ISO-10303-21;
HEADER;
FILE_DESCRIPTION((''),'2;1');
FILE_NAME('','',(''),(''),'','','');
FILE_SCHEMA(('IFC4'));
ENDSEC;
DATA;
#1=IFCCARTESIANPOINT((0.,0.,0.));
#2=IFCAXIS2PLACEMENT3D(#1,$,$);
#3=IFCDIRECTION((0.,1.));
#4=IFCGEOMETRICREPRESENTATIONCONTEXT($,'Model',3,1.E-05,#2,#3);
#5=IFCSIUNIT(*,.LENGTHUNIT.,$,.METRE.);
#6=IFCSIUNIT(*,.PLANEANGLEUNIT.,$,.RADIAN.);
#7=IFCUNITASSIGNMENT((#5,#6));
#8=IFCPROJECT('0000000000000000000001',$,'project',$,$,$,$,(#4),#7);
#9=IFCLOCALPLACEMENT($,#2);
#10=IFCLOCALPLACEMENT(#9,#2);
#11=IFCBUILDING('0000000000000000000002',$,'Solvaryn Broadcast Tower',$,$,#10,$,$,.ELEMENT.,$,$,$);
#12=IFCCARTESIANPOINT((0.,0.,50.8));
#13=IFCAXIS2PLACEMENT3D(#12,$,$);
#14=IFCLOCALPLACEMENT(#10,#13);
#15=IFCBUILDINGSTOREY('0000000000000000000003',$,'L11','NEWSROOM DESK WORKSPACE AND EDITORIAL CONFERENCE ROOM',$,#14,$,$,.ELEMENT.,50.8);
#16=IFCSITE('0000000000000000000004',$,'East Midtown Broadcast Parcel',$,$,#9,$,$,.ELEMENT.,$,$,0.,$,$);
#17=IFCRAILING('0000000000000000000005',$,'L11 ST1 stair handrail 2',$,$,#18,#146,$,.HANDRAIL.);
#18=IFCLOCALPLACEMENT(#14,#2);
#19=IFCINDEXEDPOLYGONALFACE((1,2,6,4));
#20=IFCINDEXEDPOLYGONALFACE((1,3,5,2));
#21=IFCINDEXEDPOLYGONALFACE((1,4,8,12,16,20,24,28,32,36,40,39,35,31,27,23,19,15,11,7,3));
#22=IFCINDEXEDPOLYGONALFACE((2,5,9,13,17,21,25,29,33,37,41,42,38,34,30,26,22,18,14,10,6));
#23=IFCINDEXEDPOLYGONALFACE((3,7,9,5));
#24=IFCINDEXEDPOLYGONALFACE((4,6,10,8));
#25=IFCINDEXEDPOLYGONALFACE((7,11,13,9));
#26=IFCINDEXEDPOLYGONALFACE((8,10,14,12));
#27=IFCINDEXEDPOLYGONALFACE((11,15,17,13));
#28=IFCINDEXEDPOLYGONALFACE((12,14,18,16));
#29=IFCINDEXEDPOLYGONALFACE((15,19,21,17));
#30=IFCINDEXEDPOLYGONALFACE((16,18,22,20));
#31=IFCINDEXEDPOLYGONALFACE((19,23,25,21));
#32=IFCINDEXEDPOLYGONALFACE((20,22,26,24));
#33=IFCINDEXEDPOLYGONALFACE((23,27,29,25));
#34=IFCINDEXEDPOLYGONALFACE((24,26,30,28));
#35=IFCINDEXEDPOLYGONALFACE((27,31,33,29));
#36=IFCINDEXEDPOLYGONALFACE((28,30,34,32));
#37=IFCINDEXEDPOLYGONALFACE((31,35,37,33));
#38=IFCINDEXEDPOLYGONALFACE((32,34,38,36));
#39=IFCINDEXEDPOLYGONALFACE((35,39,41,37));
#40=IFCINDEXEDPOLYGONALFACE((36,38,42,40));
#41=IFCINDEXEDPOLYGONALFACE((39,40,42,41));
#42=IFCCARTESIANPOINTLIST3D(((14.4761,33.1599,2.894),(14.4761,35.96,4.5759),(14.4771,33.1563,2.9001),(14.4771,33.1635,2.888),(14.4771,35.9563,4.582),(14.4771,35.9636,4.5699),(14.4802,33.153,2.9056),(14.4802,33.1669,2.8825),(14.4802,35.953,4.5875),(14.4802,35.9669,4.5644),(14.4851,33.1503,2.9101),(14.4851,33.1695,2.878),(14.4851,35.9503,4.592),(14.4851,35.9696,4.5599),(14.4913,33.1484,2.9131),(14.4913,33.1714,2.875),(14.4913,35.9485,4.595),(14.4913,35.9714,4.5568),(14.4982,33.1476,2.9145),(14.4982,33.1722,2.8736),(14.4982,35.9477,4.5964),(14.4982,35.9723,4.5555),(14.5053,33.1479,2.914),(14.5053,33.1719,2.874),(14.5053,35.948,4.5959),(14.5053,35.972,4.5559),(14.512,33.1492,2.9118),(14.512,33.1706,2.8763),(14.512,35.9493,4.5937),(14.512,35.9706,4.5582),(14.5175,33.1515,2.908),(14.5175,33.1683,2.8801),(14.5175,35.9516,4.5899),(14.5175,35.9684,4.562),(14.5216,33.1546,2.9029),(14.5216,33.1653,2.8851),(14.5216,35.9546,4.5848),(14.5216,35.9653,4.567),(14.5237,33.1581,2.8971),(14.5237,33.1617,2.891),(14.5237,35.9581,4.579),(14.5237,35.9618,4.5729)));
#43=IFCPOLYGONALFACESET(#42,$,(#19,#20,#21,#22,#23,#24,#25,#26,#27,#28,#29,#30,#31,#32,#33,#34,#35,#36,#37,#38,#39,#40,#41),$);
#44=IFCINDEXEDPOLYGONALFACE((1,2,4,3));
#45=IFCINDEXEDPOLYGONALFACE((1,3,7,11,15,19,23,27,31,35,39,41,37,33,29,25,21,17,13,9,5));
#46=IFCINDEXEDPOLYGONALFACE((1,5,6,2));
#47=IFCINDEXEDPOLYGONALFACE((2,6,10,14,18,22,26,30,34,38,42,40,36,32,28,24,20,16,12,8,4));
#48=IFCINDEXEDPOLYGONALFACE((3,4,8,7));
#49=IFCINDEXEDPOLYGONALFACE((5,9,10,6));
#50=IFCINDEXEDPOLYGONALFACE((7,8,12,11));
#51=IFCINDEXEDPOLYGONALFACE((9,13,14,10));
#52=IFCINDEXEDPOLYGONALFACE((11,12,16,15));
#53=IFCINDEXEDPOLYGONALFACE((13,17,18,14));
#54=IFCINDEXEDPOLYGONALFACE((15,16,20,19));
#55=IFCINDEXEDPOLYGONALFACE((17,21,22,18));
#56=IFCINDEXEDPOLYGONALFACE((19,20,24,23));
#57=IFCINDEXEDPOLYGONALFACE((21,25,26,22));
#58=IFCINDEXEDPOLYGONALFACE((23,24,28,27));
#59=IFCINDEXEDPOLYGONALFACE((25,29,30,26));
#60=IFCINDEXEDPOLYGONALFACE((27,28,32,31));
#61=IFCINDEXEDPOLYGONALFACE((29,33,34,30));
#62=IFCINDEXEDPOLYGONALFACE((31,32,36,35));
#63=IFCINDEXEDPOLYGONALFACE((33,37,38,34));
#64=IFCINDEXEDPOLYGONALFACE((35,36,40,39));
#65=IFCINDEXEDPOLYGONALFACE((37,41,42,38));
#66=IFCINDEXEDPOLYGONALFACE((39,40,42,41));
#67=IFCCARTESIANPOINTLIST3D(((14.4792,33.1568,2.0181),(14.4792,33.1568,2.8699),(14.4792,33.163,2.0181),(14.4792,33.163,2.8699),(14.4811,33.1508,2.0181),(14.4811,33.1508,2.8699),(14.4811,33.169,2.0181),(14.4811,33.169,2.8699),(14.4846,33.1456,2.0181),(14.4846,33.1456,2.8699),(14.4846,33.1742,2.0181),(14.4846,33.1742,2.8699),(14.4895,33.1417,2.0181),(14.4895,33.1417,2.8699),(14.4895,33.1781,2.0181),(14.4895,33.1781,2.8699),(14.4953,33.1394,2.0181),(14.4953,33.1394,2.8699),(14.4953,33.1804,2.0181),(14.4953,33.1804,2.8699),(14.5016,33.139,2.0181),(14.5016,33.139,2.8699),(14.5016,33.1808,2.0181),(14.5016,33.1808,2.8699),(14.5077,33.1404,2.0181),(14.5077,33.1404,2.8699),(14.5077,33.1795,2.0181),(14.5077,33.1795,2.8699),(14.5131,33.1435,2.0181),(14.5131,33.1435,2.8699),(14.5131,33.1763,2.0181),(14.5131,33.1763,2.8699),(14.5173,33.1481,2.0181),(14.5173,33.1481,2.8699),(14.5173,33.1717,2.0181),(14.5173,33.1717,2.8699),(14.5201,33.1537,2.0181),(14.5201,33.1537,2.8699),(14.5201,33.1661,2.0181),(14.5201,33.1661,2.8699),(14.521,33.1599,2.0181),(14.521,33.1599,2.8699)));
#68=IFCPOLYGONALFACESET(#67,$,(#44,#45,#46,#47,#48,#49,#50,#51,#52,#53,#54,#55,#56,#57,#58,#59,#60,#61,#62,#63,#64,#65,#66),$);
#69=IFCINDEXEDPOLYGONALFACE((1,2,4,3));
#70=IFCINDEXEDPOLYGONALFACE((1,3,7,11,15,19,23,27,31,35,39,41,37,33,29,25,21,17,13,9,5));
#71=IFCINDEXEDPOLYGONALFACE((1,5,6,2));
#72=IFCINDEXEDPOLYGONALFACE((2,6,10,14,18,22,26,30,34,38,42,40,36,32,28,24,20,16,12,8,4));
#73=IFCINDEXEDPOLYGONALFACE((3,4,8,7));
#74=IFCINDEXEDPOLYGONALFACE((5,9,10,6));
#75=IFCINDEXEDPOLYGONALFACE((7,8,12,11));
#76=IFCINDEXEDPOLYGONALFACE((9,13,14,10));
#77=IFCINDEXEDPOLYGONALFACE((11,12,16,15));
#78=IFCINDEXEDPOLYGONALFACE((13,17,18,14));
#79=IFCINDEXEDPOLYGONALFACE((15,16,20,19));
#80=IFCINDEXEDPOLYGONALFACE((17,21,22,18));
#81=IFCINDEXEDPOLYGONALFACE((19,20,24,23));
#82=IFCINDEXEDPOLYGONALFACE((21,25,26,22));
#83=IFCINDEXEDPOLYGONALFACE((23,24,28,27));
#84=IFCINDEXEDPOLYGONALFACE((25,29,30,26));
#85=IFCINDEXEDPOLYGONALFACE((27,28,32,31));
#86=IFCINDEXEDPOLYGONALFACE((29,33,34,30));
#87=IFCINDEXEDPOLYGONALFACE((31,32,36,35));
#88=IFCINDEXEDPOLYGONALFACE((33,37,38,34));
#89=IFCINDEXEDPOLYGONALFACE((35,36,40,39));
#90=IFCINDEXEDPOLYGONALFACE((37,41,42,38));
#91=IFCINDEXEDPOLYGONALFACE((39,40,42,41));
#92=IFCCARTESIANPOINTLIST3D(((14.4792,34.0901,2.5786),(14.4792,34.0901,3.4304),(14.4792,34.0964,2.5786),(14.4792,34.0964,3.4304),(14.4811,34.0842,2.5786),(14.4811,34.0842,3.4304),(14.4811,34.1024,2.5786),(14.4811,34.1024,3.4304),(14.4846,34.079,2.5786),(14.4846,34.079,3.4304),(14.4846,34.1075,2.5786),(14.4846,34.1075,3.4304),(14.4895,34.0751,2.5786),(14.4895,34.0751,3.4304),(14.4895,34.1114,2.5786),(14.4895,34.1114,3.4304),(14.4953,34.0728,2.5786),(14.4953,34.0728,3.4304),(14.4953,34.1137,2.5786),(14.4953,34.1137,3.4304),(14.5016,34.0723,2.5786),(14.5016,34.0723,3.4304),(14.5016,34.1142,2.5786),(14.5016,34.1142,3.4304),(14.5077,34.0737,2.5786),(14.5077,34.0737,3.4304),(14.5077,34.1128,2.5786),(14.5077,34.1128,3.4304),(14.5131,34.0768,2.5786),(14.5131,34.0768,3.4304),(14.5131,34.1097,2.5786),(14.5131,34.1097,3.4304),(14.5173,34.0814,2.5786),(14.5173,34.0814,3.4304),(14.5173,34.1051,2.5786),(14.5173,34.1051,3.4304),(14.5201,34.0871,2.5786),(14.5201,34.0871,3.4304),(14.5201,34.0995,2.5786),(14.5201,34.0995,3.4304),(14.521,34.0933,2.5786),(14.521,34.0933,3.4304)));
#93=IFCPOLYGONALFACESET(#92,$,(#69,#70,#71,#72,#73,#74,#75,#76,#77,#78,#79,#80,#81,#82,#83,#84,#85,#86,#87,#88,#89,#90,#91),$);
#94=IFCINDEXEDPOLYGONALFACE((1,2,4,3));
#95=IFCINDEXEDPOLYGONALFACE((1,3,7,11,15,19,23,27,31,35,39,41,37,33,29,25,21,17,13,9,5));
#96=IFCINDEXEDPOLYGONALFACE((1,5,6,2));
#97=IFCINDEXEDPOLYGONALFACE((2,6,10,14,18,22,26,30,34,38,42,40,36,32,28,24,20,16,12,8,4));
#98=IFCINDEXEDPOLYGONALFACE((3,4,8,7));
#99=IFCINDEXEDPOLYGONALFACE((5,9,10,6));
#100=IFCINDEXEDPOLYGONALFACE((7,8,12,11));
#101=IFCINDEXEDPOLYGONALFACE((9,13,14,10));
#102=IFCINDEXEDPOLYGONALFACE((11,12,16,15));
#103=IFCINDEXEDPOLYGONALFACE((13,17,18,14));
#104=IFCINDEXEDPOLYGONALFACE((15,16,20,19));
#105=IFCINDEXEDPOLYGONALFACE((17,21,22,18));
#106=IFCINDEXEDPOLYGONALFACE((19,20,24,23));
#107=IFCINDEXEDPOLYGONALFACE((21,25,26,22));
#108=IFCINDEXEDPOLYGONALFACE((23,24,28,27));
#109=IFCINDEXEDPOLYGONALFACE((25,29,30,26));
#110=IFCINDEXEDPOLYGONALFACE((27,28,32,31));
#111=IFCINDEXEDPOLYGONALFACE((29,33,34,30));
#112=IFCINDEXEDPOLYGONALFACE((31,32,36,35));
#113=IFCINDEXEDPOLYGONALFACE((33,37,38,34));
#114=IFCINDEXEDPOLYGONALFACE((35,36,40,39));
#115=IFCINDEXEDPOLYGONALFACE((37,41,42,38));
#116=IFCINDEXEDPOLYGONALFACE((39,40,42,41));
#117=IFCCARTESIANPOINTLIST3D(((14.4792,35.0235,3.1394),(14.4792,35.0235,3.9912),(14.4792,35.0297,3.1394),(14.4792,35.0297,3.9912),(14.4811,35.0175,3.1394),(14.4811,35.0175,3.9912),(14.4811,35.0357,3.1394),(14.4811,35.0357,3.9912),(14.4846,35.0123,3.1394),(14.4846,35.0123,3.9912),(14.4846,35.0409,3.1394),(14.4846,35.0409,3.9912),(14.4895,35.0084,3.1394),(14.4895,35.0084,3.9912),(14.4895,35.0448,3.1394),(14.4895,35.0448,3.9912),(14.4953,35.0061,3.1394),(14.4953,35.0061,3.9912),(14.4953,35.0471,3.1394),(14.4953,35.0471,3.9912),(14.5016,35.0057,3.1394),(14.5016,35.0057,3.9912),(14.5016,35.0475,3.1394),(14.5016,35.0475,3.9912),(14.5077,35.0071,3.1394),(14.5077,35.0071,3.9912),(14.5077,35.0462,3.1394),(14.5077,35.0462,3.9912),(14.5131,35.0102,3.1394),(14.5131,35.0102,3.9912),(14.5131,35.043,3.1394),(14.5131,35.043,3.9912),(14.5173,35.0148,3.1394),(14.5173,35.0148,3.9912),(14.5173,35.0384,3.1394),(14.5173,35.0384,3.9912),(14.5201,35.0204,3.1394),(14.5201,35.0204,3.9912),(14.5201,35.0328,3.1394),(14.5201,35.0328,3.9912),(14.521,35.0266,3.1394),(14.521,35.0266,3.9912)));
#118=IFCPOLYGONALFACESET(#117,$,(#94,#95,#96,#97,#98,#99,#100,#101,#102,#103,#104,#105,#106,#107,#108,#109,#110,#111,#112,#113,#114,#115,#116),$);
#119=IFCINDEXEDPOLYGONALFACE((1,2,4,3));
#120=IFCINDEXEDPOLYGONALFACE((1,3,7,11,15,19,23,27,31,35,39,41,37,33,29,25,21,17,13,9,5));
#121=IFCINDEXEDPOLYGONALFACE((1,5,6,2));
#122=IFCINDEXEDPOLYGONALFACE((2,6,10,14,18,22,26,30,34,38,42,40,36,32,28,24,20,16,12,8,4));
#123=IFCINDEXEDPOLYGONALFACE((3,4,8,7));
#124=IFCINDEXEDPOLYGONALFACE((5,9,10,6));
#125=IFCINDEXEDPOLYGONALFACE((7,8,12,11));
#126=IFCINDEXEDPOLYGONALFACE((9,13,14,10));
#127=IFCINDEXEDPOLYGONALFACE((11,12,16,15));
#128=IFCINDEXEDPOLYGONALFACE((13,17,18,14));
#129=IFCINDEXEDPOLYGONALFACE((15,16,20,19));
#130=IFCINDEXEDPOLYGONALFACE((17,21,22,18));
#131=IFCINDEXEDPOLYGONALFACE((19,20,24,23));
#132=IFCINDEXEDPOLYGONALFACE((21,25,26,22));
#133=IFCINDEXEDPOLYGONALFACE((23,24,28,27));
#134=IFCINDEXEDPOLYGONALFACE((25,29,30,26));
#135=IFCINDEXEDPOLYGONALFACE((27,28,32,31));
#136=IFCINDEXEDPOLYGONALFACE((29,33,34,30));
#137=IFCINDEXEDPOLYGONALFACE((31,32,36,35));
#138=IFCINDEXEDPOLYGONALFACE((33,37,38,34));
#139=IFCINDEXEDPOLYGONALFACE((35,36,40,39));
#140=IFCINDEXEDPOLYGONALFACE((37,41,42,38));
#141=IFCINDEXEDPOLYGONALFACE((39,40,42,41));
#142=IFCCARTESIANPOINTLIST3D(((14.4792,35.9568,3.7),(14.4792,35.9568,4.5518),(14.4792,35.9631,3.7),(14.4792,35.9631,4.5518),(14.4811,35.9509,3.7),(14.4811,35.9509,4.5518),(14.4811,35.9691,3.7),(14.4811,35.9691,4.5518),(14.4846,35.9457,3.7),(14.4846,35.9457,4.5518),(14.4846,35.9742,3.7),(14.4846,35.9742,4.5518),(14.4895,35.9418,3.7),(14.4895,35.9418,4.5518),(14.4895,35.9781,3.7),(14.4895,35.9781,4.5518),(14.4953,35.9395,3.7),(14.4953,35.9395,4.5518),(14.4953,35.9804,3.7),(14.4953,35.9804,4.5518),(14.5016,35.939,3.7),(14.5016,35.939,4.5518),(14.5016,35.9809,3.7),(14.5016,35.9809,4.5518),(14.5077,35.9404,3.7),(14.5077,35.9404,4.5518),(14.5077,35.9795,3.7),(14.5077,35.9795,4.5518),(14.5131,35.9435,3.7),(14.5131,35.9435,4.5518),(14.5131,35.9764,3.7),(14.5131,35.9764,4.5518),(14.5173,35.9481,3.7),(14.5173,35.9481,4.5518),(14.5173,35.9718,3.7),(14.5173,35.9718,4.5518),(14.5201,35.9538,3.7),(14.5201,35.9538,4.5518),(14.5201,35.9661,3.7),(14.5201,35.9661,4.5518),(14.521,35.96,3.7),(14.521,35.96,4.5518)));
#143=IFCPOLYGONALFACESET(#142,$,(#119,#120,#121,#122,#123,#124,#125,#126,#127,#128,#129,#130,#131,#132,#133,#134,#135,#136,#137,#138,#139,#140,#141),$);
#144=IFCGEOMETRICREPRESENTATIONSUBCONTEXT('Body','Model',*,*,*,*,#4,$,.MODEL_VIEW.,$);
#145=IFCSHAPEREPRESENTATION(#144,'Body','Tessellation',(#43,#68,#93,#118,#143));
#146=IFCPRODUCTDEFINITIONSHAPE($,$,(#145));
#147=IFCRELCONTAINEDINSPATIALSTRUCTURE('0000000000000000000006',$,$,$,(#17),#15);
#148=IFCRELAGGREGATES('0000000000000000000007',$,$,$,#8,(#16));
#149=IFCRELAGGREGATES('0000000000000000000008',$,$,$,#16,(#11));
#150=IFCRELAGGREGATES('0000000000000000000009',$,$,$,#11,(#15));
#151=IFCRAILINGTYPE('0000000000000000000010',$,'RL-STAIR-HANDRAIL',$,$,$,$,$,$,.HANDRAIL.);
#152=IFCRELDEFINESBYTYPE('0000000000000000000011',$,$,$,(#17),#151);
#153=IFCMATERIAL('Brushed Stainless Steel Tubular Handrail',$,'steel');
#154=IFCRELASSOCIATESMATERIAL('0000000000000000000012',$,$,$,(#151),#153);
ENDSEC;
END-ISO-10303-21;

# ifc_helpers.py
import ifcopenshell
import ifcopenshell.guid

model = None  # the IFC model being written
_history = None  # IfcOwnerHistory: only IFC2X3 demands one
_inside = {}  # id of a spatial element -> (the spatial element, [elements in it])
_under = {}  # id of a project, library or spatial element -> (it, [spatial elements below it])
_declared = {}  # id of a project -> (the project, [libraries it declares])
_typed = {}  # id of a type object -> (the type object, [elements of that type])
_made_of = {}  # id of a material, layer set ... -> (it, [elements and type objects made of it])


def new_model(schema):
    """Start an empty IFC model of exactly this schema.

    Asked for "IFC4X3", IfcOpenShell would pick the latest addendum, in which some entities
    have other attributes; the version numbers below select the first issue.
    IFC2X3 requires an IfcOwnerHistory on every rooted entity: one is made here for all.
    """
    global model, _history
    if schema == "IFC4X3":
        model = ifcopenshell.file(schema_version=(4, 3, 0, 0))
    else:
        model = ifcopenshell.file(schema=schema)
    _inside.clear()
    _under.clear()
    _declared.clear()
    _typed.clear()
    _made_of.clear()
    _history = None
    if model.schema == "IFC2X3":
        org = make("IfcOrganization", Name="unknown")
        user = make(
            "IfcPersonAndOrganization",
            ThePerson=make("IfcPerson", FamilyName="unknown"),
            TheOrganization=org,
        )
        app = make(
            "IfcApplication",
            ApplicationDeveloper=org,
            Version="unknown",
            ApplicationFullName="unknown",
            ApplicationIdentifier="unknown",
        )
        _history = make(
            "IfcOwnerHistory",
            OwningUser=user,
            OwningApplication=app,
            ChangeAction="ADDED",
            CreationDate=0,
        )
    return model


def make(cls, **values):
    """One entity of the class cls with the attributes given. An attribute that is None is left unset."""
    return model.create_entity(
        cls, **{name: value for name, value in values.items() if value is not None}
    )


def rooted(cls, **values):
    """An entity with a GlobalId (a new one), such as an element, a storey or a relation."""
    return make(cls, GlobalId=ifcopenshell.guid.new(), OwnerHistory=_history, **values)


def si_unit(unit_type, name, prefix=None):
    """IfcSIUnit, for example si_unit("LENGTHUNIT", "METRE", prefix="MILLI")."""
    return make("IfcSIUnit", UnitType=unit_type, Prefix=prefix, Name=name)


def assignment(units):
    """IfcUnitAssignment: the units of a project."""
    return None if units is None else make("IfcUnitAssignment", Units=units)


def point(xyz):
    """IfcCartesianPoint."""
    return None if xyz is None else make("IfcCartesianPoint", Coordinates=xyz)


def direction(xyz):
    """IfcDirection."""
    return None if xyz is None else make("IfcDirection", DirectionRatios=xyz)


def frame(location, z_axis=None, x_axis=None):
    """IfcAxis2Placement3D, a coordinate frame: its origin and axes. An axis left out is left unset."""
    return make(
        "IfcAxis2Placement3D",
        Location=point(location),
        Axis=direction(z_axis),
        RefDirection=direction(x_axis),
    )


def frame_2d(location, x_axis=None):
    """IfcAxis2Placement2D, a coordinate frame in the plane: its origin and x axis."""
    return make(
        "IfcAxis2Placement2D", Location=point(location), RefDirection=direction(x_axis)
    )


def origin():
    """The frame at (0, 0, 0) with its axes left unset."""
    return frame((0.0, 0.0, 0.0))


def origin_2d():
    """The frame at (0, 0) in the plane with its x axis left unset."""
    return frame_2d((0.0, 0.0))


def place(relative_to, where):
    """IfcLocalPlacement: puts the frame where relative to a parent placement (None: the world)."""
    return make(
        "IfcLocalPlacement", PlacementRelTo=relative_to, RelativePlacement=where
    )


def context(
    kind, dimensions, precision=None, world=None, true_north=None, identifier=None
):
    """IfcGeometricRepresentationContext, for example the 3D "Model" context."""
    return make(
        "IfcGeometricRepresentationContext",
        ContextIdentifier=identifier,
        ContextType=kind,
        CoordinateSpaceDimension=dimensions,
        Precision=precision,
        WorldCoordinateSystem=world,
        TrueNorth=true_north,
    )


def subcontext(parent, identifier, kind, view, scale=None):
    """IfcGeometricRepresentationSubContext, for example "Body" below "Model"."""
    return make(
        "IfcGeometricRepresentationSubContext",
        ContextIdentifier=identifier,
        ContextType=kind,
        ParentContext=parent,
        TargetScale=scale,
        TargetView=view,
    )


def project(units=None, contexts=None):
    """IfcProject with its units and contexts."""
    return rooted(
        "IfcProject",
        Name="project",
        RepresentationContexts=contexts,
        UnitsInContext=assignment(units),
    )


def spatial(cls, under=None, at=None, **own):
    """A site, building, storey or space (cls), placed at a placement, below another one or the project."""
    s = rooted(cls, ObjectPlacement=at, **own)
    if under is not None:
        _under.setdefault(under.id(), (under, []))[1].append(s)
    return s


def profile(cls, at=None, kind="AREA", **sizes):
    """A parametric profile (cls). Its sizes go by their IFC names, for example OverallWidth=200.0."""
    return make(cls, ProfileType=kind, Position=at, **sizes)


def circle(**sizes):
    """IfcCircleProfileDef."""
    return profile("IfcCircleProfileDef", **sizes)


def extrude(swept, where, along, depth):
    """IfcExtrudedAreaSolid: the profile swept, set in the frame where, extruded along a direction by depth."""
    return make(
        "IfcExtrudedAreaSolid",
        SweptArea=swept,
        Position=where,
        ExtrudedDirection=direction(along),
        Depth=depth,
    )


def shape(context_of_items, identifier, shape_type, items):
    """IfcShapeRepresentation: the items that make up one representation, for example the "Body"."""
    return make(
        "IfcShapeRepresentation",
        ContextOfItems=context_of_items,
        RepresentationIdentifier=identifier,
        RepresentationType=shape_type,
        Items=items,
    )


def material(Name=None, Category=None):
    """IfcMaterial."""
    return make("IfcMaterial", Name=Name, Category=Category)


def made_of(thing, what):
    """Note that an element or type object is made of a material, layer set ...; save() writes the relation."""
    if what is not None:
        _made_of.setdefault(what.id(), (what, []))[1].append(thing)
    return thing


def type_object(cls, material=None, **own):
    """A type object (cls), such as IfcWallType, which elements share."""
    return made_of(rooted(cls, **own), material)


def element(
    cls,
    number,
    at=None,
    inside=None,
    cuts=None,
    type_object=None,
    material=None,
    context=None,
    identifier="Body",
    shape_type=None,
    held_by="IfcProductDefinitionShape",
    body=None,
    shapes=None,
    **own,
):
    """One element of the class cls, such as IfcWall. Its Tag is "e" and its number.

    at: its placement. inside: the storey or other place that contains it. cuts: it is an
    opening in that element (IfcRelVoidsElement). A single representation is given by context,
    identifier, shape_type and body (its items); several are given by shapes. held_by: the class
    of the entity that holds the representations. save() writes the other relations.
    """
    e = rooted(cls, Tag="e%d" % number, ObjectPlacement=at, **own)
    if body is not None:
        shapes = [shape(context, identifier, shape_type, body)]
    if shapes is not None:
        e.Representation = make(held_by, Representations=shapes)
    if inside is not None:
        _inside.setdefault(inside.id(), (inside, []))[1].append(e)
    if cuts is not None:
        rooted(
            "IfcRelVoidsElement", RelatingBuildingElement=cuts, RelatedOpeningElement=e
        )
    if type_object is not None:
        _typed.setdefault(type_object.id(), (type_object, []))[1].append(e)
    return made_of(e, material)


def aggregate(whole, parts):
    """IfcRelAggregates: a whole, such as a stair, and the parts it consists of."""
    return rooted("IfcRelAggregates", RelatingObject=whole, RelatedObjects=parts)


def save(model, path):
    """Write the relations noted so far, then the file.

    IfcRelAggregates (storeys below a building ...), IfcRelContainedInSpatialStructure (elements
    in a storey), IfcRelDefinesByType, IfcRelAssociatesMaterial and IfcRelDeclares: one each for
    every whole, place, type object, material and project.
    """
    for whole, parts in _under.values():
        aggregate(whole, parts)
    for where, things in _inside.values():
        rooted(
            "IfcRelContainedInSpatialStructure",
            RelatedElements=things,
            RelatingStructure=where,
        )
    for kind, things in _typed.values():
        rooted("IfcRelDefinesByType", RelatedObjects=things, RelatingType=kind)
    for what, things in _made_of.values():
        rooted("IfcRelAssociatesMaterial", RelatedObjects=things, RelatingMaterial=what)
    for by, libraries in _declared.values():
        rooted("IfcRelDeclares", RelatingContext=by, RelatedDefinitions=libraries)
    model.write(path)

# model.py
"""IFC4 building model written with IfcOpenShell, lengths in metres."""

from ifc_helpers import new_model, si_unit, direction, frame, origin, origin_2d, place, context, subcontext, project, spatial, circle, extrude, material, type_object, element, save


model = new_model("IFC4")

# Units and contexts
model_context = context("Model", 3, precision=1e-05, world=origin(), true_north=direction((0.0, 1.0)))
body_context = subcontext(model_context, "Body", "Model", "MODEL_VIEW")
ifc_project = project(units=[si_unit("LENGTHUNIT", "METRE"), si_unit("PLANEANGLEUNIT", "RADIAN")], contexts=[model_context])

# Site, building, storey
site_placement = place(None, origin())
site = spatial("IfcSite", under=ifc_project, at=site_placement, Name="East Midtown Broadcast Parcel", CompositionType="ELEMENT", RefElevation=0.0)
building_placement = place(site_placement, origin())
building = spatial("IfcBuilding", under=site, at=building_placement, Name="Solvaryn Broadcast Tower", CompositionType="ELEMENT")
storey_placement = place(building_placement, frame((0.0, 0.0, 50.8)))
storey = spatial("IfcBuildingStorey", under=building, at=storey_placement, Name="L11", Description="NEWSROOM DESK WORKSPACE AND EDITORIAL CONFERENCE ROOM", CompositionType="ELEMENT", Elevation=50.8)

# Railing
ifc_material_1 = material(Name="Brushed Stainless Steel Tubular Handrail", Category="steel")
railing_type_1 = type_object("IfcRailingType", Name="RL-STAIR-HANDRAIL", PredefinedType="HANDRAIL", material=ifc_material_1)
railing_1_placement = place(storey_placement, frame((14.5, 33.1599, 2.0181)))
element("IfcRailing", 1, at=railing_1_placement, inside=storey, type_object=railing_type_1, Name="L11 ST1 stair handrail 2", PredefinedType="HANDRAIL", context=body_context, shape_type="SweptSolid", body=[
    extrude(circle(Radius=0.0239, at=origin_2d()), frame((0.0, 0.0, 0.876), z_axis=(0.0, 0.857242, 0.514913), x_axis=(-1.0, 0.0, 0.0)), (0.0, 0.0, 1.0), 3.2664),
    extrude(circle(Radius=0.021, at=origin_2d()), origin(), (0.0, 0.0, 1.0), 0.8518),
    extrude(circle(Radius=0.021, at=origin_2d()), frame((0.0, 0.9333, 0.5605)), (0.0, 0.0, 1.0), 0.8518),
    extrude(circle(Radius=0.021, at=origin_2d()), frame((0.0, 1.8667, 1.1213)), (0.0, 0.0, 1.0), 0.8518),
    extrude(circle(Radius=0.021, at=origin_2d()), frame((0.0, 2.8, 1.6819)), (0.0, 0.0, 1.0), 0.8518),
])

save(model, "model.ifc")
